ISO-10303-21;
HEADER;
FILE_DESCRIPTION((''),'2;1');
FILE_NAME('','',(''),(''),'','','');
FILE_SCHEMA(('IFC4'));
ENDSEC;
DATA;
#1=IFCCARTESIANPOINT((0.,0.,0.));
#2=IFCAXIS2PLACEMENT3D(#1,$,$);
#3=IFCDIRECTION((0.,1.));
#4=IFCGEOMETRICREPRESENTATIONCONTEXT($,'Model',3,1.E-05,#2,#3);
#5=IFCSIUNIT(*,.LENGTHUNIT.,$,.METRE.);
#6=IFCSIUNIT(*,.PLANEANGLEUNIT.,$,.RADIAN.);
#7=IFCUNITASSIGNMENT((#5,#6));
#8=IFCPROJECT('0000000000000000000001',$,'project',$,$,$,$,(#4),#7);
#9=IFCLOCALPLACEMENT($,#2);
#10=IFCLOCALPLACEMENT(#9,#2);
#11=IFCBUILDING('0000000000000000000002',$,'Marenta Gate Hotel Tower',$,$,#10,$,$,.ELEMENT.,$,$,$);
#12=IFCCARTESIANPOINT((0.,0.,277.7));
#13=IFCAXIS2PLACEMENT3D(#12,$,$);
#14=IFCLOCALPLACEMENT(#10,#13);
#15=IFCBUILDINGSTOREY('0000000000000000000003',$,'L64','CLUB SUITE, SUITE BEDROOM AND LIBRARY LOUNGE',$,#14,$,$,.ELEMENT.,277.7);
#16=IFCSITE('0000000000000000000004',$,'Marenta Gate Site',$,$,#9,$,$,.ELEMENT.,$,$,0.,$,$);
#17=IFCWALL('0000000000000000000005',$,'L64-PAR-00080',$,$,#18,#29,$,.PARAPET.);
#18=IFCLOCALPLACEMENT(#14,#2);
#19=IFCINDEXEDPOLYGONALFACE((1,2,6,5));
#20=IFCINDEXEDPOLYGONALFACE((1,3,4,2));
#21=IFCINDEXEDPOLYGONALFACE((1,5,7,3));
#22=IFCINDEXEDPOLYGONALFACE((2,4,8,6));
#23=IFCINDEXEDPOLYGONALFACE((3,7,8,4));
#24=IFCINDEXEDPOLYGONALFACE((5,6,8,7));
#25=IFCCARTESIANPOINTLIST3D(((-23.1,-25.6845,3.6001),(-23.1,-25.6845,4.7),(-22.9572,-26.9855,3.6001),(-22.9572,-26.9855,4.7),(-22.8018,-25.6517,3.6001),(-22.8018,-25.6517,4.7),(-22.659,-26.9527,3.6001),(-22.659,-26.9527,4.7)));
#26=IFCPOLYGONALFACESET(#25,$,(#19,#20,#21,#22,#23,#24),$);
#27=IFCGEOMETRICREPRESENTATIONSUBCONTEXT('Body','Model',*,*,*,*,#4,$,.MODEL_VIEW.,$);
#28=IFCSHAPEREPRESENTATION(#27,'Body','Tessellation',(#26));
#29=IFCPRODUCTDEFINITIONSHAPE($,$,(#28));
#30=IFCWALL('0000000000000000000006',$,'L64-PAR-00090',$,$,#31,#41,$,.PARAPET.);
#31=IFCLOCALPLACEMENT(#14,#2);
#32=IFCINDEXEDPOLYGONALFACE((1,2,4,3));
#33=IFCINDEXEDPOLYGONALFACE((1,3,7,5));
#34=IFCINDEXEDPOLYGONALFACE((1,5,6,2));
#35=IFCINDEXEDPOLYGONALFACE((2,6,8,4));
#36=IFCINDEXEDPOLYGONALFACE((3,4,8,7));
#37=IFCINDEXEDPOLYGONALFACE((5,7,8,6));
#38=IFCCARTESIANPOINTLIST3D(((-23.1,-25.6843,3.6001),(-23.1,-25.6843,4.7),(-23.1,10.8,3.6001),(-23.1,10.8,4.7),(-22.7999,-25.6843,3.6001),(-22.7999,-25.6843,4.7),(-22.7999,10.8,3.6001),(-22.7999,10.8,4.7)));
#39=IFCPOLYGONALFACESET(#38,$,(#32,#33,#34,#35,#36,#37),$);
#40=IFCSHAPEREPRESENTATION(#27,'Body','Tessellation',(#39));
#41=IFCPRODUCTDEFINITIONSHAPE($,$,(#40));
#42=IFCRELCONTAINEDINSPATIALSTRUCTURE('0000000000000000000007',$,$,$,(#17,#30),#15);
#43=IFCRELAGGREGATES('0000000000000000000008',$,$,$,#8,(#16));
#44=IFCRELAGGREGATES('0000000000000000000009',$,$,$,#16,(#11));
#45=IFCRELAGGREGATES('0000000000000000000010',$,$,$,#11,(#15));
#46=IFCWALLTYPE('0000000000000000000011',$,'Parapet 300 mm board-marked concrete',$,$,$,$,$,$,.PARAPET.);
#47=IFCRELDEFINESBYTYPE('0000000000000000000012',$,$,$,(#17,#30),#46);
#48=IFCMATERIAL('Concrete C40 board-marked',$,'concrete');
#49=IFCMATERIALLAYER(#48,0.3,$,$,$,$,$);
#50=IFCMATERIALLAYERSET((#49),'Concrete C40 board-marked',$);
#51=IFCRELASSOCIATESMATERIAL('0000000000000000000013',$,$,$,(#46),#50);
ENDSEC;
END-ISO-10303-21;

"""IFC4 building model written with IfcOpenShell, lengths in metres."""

from ifc_helpers import new_model, si_unit, direction, frame, frame_2d, origin, place, context, subcontext, project, spatial, rectangle, extrude, material, layer, layer_set, type_object, element, save


model = new_model("IFC4")

# Units and contexts
model_context = context("Model", 3, precision=1e-05, world=origin(), true_north=direction((0.0, 1.0)))
body_context = subcontext(model_context, "Body", "Model", "MODEL_VIEW")
ifc_project = project(units=[si_unit("LENGTHUNIT", "METRE"), si_unit("PLANEANGLEUNIT", "RADIAN")], contexts=[model_context])

# Site, building, storey
site_placement = place(None, origin())
site = spatial("IfcSite", under=ifc_project, at=site_placement, Name="Marenta Gate Site", CompositionType="ELEMENT", RefElevation=0.0)
building_placement = place(site_placement, origin())
building = spatial("IfcBuilding", under=site, at=building_placement, Name="Marenta Gate Hotel Tower", CompositionType="ELEMENT")
storey_placement = place(building_placement, frame((0.0, 0.0, 277.7)))
storey = spatial("IfcBuildingStorey", under=building, at=storey_placement, Name="L64", Description="CLUB SUITE, SUITE BEDROOM AND LIBRARY LOUNGE", CompositionType="ELEMENT", Elevation=277.7)

# Walls
ifc_material_1 = material(Name="Concrete C40 board-marked", Category="concrete")
ifc_layer_1 = layer(ifc_material_1, 0.3)
ifc_layer_set_1 = layer_set([ifc_layer_1], Name="Concrete C40 board-marked")
wall_type = type_object("IfcWallType", Name="Parapet 300 mm board-marked concrete", PredefinedType="PARAPET", material=ifc_layer_set_1)
wall_1_placement = place(storey_placement, frame((-22.8081, -26.969, 3.6001), z_axis=(0.0, 0.0, 1.0), x_axis=(-0.109121, 0.994028, 0.0)))
element("IfcWall", 1, at=wall_1_placement, inside=storey, type_object=wall_type, Name="L64-PAR-00080", PredefinedType="PARAPET", context=body_context, shape_type="SweptSolid", body=[
    extrude(rectangle(XDim=1.3088, YDim=0.3, at=frame_2d((0.6543, 0.0))), origin(), (0.0, 0.0, 1.0), 1.0999),
])
wall_2_placement = place(storey_placement, frame((-22.95, -25.6843, 3.6001), z_axis=(0.0, 0.0, 1.0), x_axis=(0.0, 1.0, 0.0)))
element("IfcWall", 2, at=wall_2_placement, inside=storey, type_object=wall_type, Name="L64-PAR-00090", PredefinedType="PARAPET", context=body_context, shape_type="SweptSolid", body=[
    extrude(rectangle(XDim=36.4844, YDim=0.3, at=frame_2d((18.2422, 0.0))), origin(), (0.0, 0.0, 1.0), 1.0999),
])

save(model, "model.ifc")
